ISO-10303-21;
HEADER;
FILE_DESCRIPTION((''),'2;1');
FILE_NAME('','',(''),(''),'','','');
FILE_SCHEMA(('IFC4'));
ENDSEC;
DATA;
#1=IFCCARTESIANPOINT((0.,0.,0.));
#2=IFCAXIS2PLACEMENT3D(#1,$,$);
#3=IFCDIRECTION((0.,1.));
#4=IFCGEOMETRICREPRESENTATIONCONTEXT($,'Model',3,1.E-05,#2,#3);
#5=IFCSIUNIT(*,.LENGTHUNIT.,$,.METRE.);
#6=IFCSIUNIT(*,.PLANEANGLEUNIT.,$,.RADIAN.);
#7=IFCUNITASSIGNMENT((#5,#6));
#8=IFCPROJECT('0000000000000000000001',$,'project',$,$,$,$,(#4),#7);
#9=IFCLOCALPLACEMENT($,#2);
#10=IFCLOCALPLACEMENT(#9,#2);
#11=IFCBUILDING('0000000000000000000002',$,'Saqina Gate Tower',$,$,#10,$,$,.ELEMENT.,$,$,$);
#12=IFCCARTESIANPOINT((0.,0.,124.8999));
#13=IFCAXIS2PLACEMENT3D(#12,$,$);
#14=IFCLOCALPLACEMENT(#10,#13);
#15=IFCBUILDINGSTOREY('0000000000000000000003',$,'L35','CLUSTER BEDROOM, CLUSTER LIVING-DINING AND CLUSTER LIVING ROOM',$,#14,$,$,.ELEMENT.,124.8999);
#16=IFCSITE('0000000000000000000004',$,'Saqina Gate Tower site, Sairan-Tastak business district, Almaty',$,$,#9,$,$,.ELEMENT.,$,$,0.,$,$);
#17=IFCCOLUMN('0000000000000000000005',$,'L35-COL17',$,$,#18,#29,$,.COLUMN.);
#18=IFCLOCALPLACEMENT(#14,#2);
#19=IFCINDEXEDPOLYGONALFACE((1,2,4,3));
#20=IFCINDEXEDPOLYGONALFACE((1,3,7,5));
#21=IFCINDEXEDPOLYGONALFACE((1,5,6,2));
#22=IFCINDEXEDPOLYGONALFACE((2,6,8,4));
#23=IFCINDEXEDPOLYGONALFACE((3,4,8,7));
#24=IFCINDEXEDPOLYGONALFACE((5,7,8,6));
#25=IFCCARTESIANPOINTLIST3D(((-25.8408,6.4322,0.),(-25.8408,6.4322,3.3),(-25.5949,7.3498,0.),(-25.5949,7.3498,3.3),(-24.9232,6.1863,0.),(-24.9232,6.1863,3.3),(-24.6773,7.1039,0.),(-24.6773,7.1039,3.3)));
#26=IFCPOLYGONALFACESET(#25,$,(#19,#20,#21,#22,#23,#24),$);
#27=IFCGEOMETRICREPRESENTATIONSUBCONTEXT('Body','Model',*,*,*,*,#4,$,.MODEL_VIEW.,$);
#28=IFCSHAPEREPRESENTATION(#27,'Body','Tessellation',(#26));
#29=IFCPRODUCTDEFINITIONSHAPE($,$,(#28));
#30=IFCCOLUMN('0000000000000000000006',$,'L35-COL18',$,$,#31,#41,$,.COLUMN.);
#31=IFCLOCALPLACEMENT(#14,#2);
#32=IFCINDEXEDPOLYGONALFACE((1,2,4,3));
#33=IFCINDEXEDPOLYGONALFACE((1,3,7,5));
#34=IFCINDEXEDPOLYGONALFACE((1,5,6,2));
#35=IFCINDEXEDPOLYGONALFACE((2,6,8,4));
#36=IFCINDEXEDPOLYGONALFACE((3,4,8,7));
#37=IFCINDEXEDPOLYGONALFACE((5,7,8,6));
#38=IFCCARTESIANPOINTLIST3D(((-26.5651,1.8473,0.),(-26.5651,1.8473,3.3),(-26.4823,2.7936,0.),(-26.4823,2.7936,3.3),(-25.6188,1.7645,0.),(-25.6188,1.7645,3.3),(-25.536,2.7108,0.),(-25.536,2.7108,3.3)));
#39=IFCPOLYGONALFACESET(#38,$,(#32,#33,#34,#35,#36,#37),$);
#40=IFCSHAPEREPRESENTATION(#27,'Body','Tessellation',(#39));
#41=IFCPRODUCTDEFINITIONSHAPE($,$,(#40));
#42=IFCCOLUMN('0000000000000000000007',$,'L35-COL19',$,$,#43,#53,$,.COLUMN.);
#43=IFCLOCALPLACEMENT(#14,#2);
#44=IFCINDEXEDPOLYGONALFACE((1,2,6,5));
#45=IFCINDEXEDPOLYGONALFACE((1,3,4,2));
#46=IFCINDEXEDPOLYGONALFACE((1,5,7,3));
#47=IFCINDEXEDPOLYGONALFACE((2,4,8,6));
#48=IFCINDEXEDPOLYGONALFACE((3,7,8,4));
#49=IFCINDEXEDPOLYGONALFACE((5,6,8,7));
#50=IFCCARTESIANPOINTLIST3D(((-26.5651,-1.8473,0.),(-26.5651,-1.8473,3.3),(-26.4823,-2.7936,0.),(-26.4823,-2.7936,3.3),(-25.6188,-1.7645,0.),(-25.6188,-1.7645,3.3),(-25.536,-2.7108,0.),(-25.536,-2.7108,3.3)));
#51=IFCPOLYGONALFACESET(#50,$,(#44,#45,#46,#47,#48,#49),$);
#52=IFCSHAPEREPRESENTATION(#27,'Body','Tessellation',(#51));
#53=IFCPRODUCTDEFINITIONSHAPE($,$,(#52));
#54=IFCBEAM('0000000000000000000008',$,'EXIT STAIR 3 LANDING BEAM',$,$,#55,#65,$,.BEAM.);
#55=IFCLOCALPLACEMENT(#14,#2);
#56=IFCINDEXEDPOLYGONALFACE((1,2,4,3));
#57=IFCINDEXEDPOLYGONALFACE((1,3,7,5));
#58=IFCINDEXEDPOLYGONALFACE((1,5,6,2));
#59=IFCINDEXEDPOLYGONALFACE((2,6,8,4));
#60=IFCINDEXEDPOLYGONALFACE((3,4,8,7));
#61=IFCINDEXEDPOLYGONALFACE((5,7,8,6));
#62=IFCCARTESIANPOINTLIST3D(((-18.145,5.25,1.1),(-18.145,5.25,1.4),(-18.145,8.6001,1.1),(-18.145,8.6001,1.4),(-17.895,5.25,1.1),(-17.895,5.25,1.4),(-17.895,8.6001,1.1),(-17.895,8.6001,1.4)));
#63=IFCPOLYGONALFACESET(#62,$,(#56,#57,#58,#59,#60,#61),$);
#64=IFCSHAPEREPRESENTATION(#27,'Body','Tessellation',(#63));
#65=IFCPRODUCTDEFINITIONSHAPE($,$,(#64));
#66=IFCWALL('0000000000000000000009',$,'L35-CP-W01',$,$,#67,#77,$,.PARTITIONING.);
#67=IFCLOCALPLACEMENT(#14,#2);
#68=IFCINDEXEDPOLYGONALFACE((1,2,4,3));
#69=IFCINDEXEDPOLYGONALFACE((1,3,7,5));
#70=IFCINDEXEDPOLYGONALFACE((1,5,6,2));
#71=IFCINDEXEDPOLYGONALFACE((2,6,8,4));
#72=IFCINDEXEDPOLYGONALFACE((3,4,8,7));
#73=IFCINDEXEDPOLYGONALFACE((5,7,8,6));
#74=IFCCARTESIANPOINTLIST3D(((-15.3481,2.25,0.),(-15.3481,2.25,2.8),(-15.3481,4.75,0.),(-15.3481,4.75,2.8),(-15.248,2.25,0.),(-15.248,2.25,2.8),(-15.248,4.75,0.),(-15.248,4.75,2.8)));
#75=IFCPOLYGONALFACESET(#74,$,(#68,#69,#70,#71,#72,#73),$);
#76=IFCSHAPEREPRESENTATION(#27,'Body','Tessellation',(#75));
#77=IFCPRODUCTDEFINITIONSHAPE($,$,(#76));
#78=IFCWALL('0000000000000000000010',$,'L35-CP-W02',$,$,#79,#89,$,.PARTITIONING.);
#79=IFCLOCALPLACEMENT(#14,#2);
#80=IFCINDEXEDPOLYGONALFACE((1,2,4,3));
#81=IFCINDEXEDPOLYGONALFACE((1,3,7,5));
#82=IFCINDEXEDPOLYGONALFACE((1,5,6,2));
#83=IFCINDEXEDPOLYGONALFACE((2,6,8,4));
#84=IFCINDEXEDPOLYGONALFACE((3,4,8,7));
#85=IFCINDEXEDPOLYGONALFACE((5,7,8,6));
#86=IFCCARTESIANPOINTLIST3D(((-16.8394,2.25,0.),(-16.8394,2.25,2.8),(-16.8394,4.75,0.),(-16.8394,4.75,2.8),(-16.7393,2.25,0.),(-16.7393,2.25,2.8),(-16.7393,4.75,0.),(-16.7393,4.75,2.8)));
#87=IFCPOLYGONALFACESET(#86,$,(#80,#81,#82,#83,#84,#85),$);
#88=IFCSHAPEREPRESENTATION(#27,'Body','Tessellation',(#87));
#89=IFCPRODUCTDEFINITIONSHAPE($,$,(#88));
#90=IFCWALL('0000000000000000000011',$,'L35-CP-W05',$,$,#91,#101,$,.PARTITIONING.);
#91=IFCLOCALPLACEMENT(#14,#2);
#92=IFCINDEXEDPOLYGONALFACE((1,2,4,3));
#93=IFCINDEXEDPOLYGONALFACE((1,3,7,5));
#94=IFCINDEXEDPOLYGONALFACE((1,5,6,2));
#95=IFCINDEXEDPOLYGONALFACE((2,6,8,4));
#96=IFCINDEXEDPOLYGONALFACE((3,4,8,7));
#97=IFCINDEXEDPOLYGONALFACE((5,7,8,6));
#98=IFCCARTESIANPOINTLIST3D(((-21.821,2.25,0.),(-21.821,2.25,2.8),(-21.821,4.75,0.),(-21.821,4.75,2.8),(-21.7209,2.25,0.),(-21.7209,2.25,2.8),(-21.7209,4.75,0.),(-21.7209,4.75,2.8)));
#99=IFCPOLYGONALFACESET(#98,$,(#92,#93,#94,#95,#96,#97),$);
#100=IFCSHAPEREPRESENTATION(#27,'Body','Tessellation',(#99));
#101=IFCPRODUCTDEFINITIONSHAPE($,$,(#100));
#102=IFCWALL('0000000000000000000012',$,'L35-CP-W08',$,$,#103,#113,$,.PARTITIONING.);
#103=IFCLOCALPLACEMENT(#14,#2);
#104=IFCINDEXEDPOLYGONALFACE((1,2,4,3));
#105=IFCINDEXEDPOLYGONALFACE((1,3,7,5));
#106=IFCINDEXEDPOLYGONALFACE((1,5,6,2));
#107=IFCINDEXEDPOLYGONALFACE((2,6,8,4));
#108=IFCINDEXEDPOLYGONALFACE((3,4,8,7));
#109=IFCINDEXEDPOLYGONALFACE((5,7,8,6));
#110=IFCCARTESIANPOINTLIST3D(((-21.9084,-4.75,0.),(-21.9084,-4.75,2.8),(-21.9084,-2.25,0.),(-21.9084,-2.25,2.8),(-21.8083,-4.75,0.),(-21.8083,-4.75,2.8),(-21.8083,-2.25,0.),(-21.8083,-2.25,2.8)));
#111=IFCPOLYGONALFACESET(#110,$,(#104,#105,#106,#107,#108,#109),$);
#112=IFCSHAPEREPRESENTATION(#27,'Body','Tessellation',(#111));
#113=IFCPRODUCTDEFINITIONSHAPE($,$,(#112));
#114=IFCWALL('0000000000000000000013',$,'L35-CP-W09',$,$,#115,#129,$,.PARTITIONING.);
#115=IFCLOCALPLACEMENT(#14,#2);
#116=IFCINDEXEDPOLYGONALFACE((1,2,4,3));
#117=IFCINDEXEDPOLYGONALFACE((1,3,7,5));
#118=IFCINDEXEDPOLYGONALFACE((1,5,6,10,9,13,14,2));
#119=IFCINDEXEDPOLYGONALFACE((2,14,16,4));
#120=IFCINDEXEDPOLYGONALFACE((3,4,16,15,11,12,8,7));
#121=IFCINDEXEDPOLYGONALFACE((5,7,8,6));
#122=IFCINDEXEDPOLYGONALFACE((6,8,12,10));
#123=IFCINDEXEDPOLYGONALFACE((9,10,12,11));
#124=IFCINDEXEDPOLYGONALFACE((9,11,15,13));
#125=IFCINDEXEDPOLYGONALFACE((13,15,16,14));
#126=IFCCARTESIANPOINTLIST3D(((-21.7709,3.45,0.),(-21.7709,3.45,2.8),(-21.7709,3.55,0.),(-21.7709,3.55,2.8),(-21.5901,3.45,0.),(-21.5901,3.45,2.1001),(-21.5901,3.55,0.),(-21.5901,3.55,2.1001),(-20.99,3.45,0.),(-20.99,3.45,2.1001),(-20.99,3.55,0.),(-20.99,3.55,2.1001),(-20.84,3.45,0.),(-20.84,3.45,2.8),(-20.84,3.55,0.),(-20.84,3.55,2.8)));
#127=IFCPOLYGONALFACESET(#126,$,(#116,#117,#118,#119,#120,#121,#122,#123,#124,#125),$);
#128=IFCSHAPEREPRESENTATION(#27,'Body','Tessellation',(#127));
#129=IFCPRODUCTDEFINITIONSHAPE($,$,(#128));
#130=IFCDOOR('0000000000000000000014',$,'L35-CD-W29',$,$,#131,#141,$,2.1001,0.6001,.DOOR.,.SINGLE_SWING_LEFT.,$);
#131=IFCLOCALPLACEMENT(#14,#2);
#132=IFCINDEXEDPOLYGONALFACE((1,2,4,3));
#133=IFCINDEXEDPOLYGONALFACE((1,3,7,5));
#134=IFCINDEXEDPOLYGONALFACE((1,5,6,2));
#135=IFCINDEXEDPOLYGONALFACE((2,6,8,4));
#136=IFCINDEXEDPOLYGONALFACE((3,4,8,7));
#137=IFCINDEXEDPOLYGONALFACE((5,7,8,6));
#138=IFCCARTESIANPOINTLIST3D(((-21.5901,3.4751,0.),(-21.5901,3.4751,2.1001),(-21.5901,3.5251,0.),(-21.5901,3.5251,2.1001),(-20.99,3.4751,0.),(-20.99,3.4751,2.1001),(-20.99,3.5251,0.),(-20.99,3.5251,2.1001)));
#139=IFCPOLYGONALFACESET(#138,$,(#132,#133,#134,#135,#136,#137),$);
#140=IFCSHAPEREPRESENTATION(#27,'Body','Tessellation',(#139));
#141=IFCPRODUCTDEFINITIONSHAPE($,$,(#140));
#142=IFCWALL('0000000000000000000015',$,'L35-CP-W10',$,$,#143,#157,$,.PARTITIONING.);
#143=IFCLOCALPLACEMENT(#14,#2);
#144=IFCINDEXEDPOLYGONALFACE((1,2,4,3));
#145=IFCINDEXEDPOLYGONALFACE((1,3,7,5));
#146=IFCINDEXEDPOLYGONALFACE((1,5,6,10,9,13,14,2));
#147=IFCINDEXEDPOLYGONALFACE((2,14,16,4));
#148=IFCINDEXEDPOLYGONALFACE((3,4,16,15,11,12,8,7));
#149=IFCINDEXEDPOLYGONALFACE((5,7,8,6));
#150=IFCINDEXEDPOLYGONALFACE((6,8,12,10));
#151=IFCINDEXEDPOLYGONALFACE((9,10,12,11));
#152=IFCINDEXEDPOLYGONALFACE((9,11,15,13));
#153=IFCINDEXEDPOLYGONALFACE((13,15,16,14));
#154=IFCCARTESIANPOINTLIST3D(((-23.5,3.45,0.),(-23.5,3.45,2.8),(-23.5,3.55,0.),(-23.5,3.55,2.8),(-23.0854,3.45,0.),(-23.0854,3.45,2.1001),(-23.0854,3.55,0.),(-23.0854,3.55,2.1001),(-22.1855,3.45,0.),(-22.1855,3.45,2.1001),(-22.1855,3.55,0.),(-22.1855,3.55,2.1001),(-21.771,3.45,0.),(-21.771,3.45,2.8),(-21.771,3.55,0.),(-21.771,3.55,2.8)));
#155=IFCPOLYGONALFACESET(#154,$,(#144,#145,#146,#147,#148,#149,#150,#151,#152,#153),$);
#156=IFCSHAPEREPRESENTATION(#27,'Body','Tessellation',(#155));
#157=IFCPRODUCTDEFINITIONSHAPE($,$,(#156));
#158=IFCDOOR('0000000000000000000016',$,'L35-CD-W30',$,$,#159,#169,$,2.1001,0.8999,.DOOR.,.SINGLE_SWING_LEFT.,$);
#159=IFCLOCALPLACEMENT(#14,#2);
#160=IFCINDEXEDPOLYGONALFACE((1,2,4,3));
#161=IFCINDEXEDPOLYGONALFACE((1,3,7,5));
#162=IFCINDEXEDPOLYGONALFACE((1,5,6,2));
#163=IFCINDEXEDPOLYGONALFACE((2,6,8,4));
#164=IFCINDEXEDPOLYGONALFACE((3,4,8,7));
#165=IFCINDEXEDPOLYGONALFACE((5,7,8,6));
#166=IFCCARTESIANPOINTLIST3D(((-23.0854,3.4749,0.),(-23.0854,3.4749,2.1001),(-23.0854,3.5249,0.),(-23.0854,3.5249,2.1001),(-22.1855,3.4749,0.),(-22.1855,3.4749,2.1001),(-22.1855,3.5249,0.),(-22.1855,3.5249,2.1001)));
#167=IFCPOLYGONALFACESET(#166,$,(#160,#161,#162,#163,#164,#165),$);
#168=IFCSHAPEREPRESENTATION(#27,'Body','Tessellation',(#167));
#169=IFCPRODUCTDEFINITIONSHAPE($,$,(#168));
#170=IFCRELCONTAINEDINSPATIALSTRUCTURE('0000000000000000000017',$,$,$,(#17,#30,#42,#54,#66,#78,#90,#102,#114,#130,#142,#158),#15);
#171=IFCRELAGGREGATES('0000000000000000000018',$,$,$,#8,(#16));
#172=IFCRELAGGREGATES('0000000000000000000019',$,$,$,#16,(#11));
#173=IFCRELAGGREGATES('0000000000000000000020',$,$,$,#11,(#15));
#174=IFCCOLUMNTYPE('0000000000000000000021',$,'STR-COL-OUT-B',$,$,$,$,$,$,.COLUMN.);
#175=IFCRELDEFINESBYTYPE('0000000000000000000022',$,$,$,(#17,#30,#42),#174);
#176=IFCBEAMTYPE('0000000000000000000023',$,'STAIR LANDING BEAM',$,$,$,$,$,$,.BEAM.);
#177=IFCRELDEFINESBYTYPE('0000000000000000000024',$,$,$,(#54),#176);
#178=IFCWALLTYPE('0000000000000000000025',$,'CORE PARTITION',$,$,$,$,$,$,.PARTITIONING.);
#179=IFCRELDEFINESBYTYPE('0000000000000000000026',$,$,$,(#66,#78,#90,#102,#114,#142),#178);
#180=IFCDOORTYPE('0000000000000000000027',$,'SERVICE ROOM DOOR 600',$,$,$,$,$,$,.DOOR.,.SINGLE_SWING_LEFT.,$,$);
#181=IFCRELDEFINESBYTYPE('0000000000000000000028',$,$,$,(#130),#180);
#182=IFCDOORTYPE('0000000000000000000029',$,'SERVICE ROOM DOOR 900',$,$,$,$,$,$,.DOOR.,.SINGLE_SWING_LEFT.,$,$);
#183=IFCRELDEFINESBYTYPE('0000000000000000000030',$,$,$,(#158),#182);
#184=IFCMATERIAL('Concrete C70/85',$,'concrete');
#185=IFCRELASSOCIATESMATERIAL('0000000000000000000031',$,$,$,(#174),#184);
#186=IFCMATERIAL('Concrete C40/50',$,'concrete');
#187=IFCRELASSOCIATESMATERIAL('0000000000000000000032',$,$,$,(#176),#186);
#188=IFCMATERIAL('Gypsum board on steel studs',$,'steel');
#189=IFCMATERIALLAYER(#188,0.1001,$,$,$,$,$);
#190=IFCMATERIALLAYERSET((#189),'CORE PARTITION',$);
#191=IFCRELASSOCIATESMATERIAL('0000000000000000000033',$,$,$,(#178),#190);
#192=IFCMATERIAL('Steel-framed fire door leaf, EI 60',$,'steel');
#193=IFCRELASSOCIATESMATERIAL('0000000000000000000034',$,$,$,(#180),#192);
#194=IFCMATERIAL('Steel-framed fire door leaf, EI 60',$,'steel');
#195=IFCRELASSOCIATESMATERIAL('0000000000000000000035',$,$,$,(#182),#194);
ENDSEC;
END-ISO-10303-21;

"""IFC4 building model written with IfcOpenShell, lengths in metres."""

from ifc_helpers import new_model, si_unit, direction, frame, frame_2d, origin, origin_2d, place, context, subcontext, project, spatial, rectangle, extrude, material, layer, layer_set, material_profile, profile_set, type_object, element, fill, save


model = new_model("IFC4")

# Units and contexts
model_context = context("Model", 3, precision=1e-05, world=origin(), true_north=direction((0.0, 1.0)))
body_context = subcontext(model_context, "Body", "Model", "MODEL_VIEW")
ifc_project = project(units=[si_unit("LENGTHUNIT", "METRE"), si_unit("PLANEANGLEUNIT", "RADIAN")], contexts=[model_context])

# Site, building, storey
site_placement = place(None, origin())
site = spatial("IfcSite", under=ifc_project, at=site_placement, Name="Saqina Gate Tower site, Sairan-Tastak business district, Almaty", CompositionType="ELEMENT", RefElevation=0.0)
building_placement = place(site_placement, origin())
building = spatial("IfcBuilding", under=site, at=building_placement, Name="Saqina Gate Tower", CompositionType="ELEMENT")
storey_placement = place(building_placement, frame((0.0, 0.0, 124.8999)))
storey = spatial("IfcBuildingStorey", under=building, at=storey_placement, Name="L35", Description="CLUSTER BEDROOM, CLUSTER LIVING-DINING AND CLUSTER LIVING ROOM", CompositionType="ELEMENT", Elevation=124.8999)

# Columns
ifc_material_1 = material(Name="Concrete C70/85", Category="concrete")
ifc_material_profile_1 = material_profile(ifc_material_1, rectangle(XDim=0.95, YDim=0.95, at=origin_2d()), Name="RC 950x950")
ifc_profile_set_1 = profile_set([ifc_material_profile_1], Name="Concrete C70/85")
column_type = type_object("IfcColumnType", Name="STR-COL-OUT-B", PredefinedType="COLUMN", material=ifc_profile_set_1)
for number, where, z_axis, x_axis, name in (
    (1, (-25.259, 6.7681, 0.0), (0.0, 0.0, 1.0), (-0.965926, 0.258819, 0.0), "L35-COL17"),
    (2, (-26.0505, 2.2791, 0.0), (0.0, 0.0, 1.0), (-0.996195, 0.087156, 0.0), "L35-COL18"),
    (3, (-26.0505, -2.2791, 0.0), (0.0, 0.0, 1.0), (-0.996195, -0.087156, 0.0), "L35-COL19"),
):
    element("IfcColumn", number, at=place(storey_placement, frame(where, z_axis=z_axis, x_axis=x_axis)), inside=storey, type_object=column_type, Name=name, PredefinedType="COLUMN", context=body_context, shape_type="SweptSolid", body=[
        extrude(rectangle(XDim=0.95, YDim=0.95, at=origin_2d()), origin(), (0.0, 0.0, 1.0), 3.3),
    ])

# Beam
ifc_material_2 = material(Name="Concrete C40/50", Category="concrete")
ifc_material_profile_2 = material_profile(ifc_material_2, rectangle(XDim=0.25, YDim=0.3, at=origin_2d()), Name="STAIR LANDING BEAM")
ifc_profile_set_2 = profile_set([ifc_material_profile_2], Name="Concrete C40/50")
beam_type = type_object("IfcBeamType", Name="STAIR LANDING BEAM", PredefinedType="BEAM", material=ifc_profile_set_2)
beam_placement = place(storey_placement, frame((-18.02, 5.25, 1.25), z_axis=(0.0, 1.0, 0.0), x_axis=(-1.0, 0.0, 0.0)))
element("IfcBeam", 4, at=beam_placement, inside=storey, type_object=beam_type, Name="EXIT STAIR 3 LANDING BEAM", PredefinedType="BEAM", context=body_context, shape_type="SweptSolid", body=[
    extrude(rectangle(XDim=0.25, YDim=0.3, at=origin_2d()), origin(), (0.0, 0.0, 1.0), 3.3501),
])

# Walls
ifc_material_3 = material(Name="Gypsum board on steel studs", Category="steel")
ifc_layer_1 = layer(ifc_material_3, 0.1001)
ifc_layer_set_1 = layer_set([ifc_layer_1], Name="CORE PARTITION")
wall_type_1 = type_object("IfcWallType", Name="CORE PARTITION", PredefinedType="PARTITIONING", material=ifc_layer_set_1)
for number, where, z_axis, x_axis, name in (
    (5, (-15.2981, 2.25, 0.0), (0.0, 0.0, 1.0), (0.0, 1.0, 0.0), "L35-CP-W01"),
    (6, (-16.7893, 2.25, 0.0), (0.0, 0.0, 1.0), (0.0, 1.0, 0.0), "L35-CP-W02"),
    (7, (-21.771, 2.25, 0.0), (0.0, 0.0, 1.0), (0.0, 1.0, 0.0), "L35-CP-W05"),
    (8, (-21.8584, -4.75, 0.0), (0.0, 0.0, 1.0), (0.0, 1.0, 0.0), "L35-CP-W08"),
):
    element("IfcWall", number, at=place(storey_placement, frame(where, z_axis=z_axis, x_axis=x_axis)), inside=storey, type_object=wall_type_1, Name=name, PredefinedType="PARTITIONING", context=body_context, shape_type="SweptSolid", body=[
        extrude(rectangle(XDim=2.5, YDim=0.1001, at=frame_2d((1.25, 0.0))), origin(), (0.0, 0.0, 1.0), 2.8),
    ])

# Walls, openings, doors
wall_1_placement = place(storey_placement, frame((-20.8401, 3.5, 0.0), z_axis=(0.0, 0.0, 1.0), x_axis=(-1.0, 0.0, 0.0)))
wall_1 = element("IfcWall", 9, at=wall_1_placement, inside=storey, type_object=wall_type_1, Name="L35-CP-W09", PredefinedType="PARTITIONING", context=body_context, shape_type="SweptSolid", body=[
    extrude(rectangle(XDim=0.9309, YDim=0.1001, at=frame_2d((0.4653, 0.0))), origin(), (0.0, 0.0, 1.0), 2.8),
])
opening_1_placement = place(wall_1_placement, frame((0.1499, 0.0, 0.0)))
opening_1 = element("IfcOpeningElement", 10, at=opening_1_placement, cuts=wall_1, PredefinedType="OPENING", context=body_context, shape_type="SweptSolid", body=[
    extrude(rectangle(XDim=0.6001, YDim=2.1001, at=frame_2d((0.3, 1.05))), frame((0.0, 0.062, 0.0), z_axis=(0.0, -1.0, 0.0), x_axis=(1.0, 0.0, 0.0)), (0.0, 0.0, 1.0), 0.124),
])
ifc_material_4 = material(Name="Steel-framed fire door leaf, EI 60", Category="steel")
door_type_1 = type_object("IfcDoorType", Name="SERVICE ROOM DOOR 600", OperationType="SINGLE_SWING_LEFT", PredefinedType="DOOR", material=ifc_material_4)
door_1_placement = place(opening_1_placement, origin())
door_1 = element("IfcDoor", 11, at=door_1_placement, inside=storey, type_object=door_type_1, Name="L35-CD-W29", OperationType="SINGLE_SWING_LEFT", OverallHeight=2.1001, OverallWidth=0.6001, PredefinedType="DOOR", context=body_context, shape_type="SweptSolid", body=[
    extrude(rectangle(XDim=0.6001, YDim=2.1001, at=frame_2d((0.3, 1.05))), frame((0.0, 0.0249, 0.0), z_axis=(0.0, -1.0, 0.0), x_axis=(1.0, 0.0, 0.0)), (0.0, 0.0, 1.0), 0.05),
])
fill(opening_1, door_1)
wall_2_placement = place(storey_placement, frame((-21.771, 3.5, 0.0), z_axis=(0.0, 0.0, 1.0), x_axis=(-1.0, 0.0, 0.0)))
wall_2 = element("IfcWall", 12, at=wall_2_placement, inside=storey, type_object=wall_type_1, Name="L35-CP-W10", PredefinedType="PARTITIONING", context=body_context, shape_type="SweptSolid", body=[
    extrude(rectangle(XDim=1.729, YDim=0.1001, at=frame_2d((0.8645, 0.0))), origin(), (0.0, 0.0, 1.0), 2.8),
])
opening_2_placement = place(wall_2_placement, frame((0.4146, 0.0, 0.0)))
opening_2 = element("IfcOpeningElement", 13, at=opening_2_placement, cuts=wall_2, PredefinedType="OPENING", context=body_context, shape_type="SweptSolid", body=[
    extrude(rectangle(XDim=0.8999, YDim=2.1001, at=frame_2d((0.45, 1.05))), frame((0.0, 0.062, 0.0), z_axis=(0.0, -1.0, 0.0), x_axis=(1.0, 0.0, 0.0)), (0.0, 0.0, 1.0), 0.124),
])
ifc_material_5 = material(Name="Steel-framed fire door leaf, EI 60", Category="steel")
door_type_2 = type_object("IfcDoorType", Name="SERVICE ROOM DOOR 900", OperationType="SINGLE_SWING_LEFT", PredefinedType="DOOR", material=ifc_material_5)
door_2_placement = place(opening_2_placement, frame((0.8999, 0.0, 0.0), z_axis=(0.0, 0.0, 1.0), x_axis=(-1.0, 0.0, 0.0)))
door_2 = element("IfcDoor", 14, at=door_2_placement, inside=storey, type_object=door_type_2, Name="L35-CD-W30", OperationType="SINGLE_SWING_LEFT", OverallHeight=2.1001, OverallWidth=0.8999, PredefinedType="DOOR", context=body_context, shape_type="SweptSolid", body=[
    extrude(rectangle(XDim=0.8999, YDim=2.1001, at=frame_2d((0.45, 1.05))), frame((0.0, 0.0249, 0.0), z_axis=(0.0, -1.0, 0.0), x_axis=(1.0, 0.0, 0.0)), (0.0, 0.0, 1.0), 0.05),
])
fill(opening_2, door_2)

save(model, "model.ifc")
